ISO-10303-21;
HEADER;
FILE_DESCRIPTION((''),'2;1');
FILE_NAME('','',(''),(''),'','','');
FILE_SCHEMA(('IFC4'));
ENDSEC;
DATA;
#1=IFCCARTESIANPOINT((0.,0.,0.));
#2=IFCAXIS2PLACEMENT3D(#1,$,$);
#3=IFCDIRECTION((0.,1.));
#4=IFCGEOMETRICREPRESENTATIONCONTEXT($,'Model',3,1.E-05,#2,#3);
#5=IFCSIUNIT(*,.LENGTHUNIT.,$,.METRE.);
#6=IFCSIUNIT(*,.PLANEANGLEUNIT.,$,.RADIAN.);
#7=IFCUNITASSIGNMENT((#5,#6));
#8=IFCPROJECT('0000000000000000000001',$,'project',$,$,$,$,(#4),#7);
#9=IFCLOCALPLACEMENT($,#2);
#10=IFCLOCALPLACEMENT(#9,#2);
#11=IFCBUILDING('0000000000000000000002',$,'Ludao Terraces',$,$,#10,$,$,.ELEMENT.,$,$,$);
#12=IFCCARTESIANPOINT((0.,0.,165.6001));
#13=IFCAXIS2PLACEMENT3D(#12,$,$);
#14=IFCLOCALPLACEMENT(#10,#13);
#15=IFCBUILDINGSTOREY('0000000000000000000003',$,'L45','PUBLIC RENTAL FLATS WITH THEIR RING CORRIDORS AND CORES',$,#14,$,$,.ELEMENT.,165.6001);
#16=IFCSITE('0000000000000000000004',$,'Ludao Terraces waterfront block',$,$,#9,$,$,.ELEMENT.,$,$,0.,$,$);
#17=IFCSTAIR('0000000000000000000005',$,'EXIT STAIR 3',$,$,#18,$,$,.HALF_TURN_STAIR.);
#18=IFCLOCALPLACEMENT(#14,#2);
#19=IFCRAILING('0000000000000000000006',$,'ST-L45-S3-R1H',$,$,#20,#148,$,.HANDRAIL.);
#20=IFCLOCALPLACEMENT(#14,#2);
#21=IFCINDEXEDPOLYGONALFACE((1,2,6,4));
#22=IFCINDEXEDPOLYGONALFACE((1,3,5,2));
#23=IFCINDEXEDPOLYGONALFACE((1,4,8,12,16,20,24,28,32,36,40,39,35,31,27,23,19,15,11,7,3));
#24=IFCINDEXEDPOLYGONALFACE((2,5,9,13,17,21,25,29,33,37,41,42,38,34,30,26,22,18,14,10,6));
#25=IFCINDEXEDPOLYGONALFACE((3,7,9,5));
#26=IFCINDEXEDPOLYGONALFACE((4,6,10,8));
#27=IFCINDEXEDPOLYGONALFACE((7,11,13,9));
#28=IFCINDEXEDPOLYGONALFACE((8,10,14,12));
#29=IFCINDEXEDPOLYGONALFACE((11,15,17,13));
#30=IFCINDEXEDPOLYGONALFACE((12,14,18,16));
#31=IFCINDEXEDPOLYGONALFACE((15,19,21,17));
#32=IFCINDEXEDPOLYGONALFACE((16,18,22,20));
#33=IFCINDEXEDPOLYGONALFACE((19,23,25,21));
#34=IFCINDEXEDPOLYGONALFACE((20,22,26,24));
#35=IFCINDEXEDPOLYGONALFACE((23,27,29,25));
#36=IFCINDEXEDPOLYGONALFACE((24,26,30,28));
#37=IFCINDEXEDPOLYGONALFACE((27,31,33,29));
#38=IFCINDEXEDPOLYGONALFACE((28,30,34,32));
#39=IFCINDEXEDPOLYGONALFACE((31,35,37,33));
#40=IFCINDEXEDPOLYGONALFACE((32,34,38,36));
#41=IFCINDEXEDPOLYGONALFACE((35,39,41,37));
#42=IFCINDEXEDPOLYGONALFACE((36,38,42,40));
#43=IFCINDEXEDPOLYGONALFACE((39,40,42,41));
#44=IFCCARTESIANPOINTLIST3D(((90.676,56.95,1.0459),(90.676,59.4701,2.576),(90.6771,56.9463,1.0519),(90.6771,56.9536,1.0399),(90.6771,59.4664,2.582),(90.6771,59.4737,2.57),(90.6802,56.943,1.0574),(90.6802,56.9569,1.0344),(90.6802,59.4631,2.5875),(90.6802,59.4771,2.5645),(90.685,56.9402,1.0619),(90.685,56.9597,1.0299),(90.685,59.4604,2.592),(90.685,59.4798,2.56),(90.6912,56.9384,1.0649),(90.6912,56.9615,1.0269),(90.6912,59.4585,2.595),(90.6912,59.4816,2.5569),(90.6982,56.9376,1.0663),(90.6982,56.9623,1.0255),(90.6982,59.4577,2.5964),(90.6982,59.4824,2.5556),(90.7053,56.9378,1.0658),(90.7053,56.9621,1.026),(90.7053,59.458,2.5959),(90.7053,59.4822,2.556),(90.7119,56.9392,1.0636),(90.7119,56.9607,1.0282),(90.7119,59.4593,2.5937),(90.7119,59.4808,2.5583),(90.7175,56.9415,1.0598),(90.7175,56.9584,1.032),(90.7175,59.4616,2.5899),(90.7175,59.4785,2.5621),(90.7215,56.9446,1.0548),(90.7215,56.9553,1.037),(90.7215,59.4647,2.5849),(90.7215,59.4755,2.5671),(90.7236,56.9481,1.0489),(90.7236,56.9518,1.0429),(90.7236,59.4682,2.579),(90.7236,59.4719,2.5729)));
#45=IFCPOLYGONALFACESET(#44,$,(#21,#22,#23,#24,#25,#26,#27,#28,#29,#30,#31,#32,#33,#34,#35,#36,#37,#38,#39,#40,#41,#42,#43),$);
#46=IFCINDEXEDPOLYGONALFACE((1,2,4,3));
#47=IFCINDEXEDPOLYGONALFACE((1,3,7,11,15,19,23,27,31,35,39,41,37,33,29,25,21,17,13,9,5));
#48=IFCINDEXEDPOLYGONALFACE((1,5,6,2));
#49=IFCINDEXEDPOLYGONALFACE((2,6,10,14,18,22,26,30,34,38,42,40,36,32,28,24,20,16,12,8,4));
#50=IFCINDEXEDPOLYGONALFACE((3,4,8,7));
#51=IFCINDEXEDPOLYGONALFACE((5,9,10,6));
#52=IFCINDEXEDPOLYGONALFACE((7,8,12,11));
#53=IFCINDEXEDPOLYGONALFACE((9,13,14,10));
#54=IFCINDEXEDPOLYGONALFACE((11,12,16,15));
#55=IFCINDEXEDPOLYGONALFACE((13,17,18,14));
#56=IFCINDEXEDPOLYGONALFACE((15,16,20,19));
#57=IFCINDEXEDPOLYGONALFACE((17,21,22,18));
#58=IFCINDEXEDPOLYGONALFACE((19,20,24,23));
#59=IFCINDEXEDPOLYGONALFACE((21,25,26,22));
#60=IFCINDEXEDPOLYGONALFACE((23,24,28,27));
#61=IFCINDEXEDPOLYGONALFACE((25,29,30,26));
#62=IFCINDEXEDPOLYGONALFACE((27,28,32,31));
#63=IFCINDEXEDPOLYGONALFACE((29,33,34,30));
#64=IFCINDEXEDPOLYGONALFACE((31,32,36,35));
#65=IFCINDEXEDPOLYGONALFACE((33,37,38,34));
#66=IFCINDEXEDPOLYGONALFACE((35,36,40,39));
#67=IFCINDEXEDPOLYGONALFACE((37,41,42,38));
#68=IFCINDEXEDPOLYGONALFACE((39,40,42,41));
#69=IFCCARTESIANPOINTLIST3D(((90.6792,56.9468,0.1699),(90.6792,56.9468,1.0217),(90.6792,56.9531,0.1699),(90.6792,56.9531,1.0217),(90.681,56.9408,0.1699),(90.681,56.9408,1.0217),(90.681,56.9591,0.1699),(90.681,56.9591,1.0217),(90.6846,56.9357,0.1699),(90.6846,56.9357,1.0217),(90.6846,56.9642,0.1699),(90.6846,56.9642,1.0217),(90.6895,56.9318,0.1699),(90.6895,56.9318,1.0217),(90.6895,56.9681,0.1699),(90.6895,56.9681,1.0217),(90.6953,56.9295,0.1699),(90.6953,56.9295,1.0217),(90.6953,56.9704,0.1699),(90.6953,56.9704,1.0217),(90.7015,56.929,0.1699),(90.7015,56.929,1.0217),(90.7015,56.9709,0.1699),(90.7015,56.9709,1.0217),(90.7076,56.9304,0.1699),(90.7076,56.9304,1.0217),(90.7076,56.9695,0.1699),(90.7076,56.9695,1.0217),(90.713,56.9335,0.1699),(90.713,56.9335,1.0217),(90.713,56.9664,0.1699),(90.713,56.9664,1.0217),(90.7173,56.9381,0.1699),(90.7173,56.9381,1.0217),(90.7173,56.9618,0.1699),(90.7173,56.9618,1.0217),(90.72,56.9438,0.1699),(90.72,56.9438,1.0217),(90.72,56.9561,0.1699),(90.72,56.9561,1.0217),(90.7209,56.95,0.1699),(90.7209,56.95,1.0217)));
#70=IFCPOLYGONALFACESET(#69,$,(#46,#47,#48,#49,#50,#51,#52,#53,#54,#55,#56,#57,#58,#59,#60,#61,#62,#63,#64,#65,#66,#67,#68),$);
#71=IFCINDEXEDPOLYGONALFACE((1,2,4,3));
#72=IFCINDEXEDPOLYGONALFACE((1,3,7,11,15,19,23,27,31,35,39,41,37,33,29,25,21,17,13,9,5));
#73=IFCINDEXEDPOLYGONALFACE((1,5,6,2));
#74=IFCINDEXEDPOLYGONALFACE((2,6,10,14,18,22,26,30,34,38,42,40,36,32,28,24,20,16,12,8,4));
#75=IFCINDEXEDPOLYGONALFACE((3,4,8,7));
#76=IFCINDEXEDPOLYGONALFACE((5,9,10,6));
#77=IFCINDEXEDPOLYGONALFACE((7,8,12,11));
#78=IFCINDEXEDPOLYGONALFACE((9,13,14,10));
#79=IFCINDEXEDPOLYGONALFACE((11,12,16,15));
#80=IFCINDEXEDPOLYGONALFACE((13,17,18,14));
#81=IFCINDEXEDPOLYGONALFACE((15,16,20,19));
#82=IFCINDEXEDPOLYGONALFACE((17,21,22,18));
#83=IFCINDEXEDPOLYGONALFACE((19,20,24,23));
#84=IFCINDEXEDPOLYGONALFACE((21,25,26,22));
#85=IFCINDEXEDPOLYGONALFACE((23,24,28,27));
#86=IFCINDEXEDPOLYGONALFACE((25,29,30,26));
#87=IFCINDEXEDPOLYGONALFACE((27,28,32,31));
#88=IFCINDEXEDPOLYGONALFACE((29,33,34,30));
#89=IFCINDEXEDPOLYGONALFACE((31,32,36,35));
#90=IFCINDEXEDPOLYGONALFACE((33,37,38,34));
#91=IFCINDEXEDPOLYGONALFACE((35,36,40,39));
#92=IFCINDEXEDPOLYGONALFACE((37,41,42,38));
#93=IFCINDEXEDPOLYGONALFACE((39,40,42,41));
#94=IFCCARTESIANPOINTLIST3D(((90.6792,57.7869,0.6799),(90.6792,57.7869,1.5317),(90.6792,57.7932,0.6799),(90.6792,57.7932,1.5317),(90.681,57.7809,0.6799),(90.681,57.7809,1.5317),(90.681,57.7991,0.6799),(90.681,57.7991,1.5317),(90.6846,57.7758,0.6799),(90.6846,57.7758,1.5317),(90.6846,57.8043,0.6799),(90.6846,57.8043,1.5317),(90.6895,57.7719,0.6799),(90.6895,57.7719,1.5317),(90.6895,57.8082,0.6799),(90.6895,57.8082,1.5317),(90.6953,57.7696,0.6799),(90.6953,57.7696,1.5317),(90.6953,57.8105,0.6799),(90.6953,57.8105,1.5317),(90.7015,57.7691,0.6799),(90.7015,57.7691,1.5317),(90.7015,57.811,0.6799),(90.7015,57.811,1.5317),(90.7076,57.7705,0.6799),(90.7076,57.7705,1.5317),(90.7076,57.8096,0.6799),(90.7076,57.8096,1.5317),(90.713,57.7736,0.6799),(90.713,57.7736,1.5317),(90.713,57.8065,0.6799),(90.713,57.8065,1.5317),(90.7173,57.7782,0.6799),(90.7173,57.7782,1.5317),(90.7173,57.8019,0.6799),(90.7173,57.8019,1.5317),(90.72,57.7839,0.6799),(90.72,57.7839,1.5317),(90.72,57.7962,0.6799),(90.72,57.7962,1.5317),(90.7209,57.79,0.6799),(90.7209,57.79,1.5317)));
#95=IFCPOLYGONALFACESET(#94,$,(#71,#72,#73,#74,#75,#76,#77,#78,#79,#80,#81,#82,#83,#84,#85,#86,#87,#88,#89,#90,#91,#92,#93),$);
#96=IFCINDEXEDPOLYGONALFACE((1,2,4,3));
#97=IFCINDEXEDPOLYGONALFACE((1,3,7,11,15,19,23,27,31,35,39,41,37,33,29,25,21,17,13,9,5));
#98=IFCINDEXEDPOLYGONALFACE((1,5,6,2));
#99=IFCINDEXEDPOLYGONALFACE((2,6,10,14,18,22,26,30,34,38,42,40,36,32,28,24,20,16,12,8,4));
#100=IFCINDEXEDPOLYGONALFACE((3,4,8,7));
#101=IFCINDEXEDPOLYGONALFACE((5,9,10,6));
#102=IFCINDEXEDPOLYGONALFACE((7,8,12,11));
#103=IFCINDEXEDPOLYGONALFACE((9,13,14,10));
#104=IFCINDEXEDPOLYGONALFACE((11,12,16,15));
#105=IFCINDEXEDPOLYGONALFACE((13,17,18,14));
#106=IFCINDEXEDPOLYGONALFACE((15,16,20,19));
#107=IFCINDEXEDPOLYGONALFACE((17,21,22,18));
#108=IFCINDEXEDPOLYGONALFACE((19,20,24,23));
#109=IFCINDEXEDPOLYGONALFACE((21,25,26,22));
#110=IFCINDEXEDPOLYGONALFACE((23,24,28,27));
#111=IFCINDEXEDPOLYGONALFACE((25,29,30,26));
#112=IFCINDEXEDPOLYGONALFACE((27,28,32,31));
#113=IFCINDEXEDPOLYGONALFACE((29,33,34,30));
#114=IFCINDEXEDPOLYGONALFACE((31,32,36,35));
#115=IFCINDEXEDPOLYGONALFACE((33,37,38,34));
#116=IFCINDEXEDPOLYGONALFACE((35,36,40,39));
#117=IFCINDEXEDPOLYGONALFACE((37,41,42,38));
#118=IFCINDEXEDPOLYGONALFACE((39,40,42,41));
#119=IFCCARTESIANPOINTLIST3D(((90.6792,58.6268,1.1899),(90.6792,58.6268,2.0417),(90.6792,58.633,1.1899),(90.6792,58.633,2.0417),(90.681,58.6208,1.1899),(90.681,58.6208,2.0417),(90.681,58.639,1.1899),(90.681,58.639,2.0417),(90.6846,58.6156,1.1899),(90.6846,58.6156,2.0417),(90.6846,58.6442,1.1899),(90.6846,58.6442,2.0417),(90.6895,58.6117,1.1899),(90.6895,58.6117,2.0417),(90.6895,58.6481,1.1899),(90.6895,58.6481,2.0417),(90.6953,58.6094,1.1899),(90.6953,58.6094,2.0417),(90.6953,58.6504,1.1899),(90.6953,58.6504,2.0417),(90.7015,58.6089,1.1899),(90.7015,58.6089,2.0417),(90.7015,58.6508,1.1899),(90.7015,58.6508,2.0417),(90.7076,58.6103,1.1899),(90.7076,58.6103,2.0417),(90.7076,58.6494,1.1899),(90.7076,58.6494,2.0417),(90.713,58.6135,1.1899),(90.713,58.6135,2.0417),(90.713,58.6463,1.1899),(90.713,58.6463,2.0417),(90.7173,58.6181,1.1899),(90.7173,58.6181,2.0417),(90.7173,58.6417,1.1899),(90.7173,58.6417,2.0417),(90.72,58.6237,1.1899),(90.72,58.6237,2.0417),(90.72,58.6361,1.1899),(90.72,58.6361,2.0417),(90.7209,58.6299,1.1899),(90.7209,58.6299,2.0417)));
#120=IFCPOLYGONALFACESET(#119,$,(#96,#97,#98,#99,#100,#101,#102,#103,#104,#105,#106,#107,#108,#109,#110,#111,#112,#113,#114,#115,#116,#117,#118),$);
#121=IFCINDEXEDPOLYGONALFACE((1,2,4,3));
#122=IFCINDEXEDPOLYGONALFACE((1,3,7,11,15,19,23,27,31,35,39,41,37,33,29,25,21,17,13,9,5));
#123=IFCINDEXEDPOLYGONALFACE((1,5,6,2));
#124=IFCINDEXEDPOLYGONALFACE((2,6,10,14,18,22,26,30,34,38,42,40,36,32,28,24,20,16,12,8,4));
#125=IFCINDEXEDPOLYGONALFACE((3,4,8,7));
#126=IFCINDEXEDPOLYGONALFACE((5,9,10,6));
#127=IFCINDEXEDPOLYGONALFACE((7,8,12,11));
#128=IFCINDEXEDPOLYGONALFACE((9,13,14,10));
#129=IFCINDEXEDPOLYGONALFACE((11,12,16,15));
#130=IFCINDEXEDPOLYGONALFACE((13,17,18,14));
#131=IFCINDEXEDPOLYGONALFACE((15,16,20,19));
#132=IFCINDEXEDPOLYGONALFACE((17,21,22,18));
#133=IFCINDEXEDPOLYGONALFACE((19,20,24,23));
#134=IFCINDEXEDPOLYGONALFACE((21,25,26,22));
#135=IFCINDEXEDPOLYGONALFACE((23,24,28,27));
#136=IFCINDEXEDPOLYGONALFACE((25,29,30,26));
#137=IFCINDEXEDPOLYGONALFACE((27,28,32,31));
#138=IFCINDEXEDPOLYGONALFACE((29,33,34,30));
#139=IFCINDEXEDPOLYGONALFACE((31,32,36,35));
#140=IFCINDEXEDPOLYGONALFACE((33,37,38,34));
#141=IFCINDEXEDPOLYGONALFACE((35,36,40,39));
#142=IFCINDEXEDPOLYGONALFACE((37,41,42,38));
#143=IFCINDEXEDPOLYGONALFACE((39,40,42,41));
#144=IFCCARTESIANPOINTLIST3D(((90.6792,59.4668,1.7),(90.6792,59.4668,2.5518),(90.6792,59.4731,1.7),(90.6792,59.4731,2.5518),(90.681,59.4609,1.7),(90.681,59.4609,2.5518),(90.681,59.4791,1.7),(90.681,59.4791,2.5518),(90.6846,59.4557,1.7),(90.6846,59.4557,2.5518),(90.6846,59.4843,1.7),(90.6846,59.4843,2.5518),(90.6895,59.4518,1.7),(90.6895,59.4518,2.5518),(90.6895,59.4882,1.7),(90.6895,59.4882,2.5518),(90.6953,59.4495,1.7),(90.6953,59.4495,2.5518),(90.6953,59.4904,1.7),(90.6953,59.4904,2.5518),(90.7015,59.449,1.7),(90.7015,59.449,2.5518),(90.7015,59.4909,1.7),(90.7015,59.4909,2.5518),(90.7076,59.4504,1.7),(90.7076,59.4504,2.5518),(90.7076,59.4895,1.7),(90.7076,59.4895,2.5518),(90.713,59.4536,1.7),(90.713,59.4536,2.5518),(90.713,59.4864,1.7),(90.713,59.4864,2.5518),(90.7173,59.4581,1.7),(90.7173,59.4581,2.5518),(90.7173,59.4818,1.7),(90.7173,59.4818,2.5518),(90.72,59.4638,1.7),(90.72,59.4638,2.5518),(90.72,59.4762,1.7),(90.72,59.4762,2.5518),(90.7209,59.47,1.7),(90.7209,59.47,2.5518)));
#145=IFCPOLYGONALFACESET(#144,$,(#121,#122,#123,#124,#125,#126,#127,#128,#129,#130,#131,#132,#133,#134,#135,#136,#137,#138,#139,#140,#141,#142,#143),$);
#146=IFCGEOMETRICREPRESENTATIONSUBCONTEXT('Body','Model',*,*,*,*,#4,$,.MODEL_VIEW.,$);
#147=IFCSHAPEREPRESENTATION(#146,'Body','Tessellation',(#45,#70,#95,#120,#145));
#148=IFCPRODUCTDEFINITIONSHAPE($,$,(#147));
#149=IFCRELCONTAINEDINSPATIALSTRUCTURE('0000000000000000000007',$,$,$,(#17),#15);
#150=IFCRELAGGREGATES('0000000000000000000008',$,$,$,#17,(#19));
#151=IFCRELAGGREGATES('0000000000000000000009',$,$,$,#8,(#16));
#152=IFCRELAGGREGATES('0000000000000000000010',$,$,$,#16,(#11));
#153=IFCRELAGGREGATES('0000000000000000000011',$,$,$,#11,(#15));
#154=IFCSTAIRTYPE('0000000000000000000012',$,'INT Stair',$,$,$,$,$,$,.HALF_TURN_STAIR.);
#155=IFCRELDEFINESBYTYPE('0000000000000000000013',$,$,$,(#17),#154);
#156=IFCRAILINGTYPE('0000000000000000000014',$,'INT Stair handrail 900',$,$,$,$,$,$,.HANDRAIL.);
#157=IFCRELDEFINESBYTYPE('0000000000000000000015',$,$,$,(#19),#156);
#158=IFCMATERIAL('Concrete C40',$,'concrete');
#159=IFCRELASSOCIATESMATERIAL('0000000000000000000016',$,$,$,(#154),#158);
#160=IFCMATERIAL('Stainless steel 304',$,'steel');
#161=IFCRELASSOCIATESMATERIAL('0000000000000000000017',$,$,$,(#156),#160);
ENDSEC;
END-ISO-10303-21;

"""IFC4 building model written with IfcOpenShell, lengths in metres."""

from ifc_helpers import new_model, si_unit, direction, frame, origin, origin_2d, place, context, subcontext, project, spatial, circle, extrude, material, type_object, element, aggregate, save


model = new_model("IFC4")

# Units and contexts
model_context = context("Model", 3, precision=1e-05, world=origin(), true_north=direction((0.0, 1.0)))
body_context = subcontext(model_context, "Body", "Model", "MODEL_VIEW")
ifc_project = project(units=[si_unit("LENGTHUNIT", "METRE"), si_unit("PLANEANGLEUNIT", "RADIAN")], contexts=[model_context])

# Site, building, storey
site_placement = place(None, origin())
site = spatial("IfcSite", under=ifc_project, at=site_placement, Name="Ludao Terraces waterfront block", CompositionType="ELEMENT", RefElevation=0.0)
building_placement = place(site_placement, origin())
building = spatial("IfcBuilding", under=site, at=building_placement, Name="Ludao Terraces", CompositionType="ELEMENT")
storey_placement = place(building_placement, frame((0.0, 0.0, 165.6001)))
storey = spatial("IfcBuildingStorey", under=building, at=storey_placement, Name="L45", Description="PUBLIC RENTAL FLATS WITH THEIR RING CORRIDORS AND CORES", CompositionType="ELEMENT", Elevation=165.6001)

# Shared definitions
ifc_material_1 = material(Name="Concrete C40", Category="concrete")

# Stair, railing
stair_type = type_object("IfcStairType", Name="INT Stair", PredefinedType="HALF_TURN_STAIR", material=ifc_material_1)
stair_placement = place(storey_placement, origin())
stair = element("IfcStair", 1, at=stair_placement, inside=storey, type_object=stair_type, Name="EXIT STAIR 3", PredefinedType="HALF_TURN_STAIR")
ifc_material_2 = material(Name="Stainless steel 304", Category="steel")
railing_type_1 = type_object("IfcRailingType", Name="INT Stair handrail 900", PredefinedType="HANDRAIL", material=ifc_material_2)
railing_1_placement = place(storey_placement, frame((90.7, 56.95, 0.1699)))
railing_1 = element("IfcRailing", 2, at=railing_1_placement, type_object=railing_type_1, Name="ST-L45-S3-R1H", PredefinedType="HANDRAIL", context=body_context, shape_type="SweptSolid", body=[
    extrude(circle(Radius=0.0239, at=origin_2d()), frame((0.0, 0.0, 0.876), z_axis=(0.0, 0.854785, 0.518982), x_axis=(-1.0, 0.0, 0.0)), (0.0, 0.0, 1.0), 2.9482),
    extrude(circle(Radius=0.021, at=origin_2d()), origin(), (0.0, 0.0, 1.0), 0.8518),
    extrude(circle(Radius=0.021, at=origin_2d()), frame((0.0, 0.8401, 0.51)), (0.0, 0.0, 1.0), 0.8518),
    extrude(circle(Radius=0.021, at=origin_2d()), frame((0.0, 1.6799, 1.02)), (0.0, 0.0, 1.0), 0.8518),
    extrude(circle(Radius=0.021, at=origin_2d()), frame((0.0, 2.52, 1.53)), (0.0, 0.0, 1.0), 0.8518),
])
aggregate(stair, [railing_1])

save(model, "model.ifc")
